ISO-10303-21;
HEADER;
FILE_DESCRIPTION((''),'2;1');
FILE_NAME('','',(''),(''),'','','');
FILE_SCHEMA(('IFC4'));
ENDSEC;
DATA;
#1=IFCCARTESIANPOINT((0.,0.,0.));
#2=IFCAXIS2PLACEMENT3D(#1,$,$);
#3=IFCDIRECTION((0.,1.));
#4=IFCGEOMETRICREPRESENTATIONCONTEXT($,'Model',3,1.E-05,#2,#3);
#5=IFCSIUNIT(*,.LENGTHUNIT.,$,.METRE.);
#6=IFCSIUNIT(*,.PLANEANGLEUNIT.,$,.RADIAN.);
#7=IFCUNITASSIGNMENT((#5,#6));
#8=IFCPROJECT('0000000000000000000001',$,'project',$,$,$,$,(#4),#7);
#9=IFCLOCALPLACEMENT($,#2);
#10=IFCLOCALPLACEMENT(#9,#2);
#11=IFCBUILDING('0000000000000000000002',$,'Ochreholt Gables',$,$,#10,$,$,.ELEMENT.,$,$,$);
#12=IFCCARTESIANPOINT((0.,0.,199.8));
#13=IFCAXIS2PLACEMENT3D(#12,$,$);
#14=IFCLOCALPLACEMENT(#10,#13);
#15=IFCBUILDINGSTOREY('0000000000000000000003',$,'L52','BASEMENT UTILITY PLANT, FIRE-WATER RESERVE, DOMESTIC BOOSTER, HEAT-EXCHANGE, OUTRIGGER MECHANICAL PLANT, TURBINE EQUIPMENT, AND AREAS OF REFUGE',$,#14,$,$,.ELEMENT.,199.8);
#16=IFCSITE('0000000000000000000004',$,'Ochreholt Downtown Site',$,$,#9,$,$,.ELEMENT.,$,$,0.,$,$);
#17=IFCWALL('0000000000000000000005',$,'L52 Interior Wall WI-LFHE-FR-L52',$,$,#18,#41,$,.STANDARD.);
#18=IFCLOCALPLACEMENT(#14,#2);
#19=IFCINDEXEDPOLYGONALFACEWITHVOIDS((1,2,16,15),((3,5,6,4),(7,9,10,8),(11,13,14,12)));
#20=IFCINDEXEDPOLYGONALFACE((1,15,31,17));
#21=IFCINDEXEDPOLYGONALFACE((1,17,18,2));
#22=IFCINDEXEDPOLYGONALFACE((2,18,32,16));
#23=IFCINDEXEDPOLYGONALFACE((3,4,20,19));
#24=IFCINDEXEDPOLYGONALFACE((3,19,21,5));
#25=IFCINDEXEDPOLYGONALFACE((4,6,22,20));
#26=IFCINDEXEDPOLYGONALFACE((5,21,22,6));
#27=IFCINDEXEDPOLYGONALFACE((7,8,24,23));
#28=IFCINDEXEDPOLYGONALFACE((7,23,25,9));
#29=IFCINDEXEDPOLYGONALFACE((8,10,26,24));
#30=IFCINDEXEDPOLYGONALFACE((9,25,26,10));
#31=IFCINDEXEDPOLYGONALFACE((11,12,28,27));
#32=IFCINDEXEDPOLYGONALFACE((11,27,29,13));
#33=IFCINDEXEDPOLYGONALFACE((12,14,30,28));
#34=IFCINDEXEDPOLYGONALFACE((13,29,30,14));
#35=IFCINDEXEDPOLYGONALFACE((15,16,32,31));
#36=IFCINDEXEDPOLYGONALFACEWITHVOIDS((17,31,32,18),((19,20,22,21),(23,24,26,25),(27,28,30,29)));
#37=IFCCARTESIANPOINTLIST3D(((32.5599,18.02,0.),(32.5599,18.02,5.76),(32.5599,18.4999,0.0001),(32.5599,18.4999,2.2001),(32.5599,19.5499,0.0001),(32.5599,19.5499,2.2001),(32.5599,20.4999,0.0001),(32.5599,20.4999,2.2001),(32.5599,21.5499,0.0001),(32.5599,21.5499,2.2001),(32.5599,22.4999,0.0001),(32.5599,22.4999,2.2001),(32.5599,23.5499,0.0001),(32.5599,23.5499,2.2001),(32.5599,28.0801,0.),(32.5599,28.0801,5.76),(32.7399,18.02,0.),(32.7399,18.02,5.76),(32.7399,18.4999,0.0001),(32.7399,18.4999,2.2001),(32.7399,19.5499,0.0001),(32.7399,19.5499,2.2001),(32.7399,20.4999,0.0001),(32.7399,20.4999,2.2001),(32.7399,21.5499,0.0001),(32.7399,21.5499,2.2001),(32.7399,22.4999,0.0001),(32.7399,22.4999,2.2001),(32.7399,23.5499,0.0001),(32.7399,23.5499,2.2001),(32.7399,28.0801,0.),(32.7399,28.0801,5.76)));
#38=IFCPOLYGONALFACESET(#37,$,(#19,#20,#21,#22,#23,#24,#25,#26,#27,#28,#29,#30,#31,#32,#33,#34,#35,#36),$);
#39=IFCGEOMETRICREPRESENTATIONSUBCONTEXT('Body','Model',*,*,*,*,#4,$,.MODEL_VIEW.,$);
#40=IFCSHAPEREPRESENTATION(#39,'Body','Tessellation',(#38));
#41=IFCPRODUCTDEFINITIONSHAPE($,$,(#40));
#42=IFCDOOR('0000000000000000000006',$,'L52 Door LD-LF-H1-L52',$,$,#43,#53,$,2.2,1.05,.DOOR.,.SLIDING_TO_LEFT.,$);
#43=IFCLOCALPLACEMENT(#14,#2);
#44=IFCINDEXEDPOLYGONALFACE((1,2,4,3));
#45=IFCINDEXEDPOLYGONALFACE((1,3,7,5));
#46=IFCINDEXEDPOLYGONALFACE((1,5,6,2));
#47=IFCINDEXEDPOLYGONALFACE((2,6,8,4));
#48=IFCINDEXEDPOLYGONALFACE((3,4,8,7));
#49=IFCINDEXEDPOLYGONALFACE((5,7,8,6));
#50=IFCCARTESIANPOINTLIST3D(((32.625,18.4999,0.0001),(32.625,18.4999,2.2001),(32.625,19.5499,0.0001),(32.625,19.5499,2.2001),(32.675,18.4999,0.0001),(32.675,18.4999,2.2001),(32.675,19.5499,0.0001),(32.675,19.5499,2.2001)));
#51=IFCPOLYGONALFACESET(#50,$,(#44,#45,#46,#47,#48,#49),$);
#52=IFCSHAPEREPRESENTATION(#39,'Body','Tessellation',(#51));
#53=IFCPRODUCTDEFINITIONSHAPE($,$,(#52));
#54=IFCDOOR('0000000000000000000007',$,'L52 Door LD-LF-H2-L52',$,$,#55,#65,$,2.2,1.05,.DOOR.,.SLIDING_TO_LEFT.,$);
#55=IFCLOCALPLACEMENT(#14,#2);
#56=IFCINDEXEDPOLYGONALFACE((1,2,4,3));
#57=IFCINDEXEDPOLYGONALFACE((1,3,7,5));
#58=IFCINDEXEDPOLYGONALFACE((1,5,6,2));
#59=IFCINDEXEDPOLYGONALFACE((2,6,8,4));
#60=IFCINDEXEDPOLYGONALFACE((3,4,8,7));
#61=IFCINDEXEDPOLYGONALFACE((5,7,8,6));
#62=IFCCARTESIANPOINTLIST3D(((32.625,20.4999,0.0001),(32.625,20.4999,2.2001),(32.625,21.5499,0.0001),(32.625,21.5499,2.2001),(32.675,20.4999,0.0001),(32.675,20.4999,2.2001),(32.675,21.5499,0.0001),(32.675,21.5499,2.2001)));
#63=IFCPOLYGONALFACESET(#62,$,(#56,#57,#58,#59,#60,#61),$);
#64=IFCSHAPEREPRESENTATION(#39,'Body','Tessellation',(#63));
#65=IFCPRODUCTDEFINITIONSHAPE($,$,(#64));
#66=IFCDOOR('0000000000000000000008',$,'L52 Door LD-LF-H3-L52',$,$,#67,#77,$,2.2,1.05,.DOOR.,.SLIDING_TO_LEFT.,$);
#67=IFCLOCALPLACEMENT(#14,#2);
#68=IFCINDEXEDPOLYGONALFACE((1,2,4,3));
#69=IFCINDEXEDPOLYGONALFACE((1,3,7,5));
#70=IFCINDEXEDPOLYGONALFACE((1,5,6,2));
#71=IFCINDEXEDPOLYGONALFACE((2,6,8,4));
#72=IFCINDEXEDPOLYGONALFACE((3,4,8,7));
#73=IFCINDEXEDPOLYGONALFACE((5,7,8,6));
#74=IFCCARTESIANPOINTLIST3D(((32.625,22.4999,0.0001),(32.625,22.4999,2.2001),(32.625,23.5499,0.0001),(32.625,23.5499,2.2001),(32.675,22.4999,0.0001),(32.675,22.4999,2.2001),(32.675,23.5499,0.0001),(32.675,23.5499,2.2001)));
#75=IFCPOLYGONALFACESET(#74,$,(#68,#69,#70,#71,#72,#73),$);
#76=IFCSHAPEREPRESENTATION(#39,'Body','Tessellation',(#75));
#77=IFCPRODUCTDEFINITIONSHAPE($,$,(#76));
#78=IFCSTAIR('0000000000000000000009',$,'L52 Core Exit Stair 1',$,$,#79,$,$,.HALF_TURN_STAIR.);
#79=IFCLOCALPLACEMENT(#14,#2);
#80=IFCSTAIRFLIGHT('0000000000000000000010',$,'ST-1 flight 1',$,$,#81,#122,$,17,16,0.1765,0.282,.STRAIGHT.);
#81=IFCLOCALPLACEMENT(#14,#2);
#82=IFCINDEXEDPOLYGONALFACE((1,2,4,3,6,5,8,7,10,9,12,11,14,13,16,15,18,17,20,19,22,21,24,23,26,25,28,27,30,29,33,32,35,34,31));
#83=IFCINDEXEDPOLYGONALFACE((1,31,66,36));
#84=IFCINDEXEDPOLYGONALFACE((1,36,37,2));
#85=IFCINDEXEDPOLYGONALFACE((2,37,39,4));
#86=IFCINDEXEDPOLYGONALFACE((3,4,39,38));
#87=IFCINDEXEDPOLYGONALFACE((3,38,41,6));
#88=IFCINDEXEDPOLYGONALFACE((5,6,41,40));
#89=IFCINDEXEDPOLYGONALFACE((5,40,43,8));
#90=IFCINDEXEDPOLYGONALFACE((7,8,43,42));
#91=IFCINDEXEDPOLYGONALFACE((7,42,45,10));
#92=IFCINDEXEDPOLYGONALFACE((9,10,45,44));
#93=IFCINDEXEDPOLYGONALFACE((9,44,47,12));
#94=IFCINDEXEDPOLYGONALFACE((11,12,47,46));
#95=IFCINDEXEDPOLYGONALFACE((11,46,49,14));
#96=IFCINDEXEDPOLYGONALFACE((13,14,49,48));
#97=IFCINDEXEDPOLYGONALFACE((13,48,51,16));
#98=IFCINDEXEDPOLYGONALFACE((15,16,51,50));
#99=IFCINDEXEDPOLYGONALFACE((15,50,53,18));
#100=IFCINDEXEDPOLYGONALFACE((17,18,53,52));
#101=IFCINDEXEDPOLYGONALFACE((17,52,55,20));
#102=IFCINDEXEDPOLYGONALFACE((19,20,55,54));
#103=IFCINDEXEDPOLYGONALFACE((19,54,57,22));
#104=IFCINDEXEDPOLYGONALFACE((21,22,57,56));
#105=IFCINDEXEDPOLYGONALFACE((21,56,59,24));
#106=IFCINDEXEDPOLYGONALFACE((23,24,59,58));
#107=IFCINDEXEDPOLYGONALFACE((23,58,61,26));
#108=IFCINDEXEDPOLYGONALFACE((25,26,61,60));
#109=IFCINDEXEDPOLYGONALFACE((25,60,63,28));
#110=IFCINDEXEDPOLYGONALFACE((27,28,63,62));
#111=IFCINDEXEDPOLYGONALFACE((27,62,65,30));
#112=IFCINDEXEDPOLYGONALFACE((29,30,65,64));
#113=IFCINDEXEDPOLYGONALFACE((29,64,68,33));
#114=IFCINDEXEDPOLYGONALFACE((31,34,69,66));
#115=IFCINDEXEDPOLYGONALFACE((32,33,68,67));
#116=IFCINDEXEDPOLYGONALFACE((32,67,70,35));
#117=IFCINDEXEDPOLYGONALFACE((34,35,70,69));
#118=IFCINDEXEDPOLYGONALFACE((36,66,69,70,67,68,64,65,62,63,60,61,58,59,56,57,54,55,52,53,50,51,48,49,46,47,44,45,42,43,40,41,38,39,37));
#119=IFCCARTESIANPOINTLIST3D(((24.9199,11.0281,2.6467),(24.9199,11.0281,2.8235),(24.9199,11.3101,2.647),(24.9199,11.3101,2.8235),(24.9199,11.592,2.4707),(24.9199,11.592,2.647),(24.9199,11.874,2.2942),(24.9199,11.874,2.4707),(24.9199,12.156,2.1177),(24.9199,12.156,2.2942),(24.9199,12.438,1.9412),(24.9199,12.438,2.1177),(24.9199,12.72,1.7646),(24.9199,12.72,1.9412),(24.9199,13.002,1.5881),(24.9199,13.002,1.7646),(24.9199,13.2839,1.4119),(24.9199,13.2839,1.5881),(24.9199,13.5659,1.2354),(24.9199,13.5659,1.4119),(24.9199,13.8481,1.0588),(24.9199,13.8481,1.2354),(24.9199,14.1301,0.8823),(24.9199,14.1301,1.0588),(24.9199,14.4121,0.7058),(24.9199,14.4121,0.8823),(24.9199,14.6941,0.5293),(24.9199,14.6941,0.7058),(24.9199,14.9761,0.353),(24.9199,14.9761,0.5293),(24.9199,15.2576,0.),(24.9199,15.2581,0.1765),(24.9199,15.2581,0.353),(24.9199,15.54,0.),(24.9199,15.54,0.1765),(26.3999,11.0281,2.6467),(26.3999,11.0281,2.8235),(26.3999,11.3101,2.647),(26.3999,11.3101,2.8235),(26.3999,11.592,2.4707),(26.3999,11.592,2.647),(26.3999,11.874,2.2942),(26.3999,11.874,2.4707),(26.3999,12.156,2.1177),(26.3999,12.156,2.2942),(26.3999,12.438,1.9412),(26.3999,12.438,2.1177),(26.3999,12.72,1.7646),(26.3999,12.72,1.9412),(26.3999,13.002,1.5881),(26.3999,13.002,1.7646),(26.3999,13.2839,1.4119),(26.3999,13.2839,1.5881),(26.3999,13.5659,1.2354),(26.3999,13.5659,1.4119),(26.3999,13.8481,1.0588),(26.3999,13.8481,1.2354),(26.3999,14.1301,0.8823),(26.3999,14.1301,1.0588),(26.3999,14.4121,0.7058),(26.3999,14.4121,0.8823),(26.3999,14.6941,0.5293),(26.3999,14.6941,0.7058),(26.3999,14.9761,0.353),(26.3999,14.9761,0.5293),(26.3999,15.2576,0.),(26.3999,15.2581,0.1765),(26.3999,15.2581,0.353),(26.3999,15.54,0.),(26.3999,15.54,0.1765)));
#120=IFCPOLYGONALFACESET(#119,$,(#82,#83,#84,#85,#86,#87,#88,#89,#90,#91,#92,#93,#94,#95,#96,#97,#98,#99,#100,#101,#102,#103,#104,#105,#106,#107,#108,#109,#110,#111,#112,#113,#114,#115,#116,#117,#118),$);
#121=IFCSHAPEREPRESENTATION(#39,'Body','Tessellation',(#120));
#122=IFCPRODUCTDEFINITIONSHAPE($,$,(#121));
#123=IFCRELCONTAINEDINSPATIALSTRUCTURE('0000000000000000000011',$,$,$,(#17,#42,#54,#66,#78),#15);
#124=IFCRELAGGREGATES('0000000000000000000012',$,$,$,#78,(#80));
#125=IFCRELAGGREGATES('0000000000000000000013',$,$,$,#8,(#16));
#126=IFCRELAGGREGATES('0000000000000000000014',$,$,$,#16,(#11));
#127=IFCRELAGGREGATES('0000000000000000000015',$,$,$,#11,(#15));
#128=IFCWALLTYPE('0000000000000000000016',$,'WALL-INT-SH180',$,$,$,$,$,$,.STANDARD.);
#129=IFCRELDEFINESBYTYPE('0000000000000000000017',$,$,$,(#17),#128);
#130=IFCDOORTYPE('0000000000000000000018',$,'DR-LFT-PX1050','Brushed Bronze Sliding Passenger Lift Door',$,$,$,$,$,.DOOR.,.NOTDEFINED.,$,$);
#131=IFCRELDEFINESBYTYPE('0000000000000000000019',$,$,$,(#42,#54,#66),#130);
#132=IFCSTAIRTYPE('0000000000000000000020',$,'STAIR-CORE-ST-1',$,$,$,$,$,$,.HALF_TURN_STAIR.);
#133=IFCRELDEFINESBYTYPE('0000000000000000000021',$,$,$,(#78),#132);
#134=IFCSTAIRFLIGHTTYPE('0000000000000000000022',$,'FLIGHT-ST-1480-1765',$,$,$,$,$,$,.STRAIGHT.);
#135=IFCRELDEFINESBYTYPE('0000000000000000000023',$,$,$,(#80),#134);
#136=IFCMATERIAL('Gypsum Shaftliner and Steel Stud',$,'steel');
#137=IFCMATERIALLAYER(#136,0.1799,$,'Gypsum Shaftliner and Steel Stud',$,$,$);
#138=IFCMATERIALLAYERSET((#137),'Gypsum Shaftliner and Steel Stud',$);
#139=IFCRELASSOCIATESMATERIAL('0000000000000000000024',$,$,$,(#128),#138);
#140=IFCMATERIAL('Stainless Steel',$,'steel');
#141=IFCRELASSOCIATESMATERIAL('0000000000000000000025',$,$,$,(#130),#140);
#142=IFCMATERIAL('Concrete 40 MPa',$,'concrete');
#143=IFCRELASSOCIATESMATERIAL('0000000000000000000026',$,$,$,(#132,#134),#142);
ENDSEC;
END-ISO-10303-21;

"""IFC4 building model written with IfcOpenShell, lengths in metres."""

from ifc_helpers import new_model, si_unit, direction, frame, frame_2d, origin, place, context, subcontext, project, spatial, polyline, rectangle, outline, extrude, material, layer, layer_set, type_object, element, fill, aggregate, save


model = new_model("IFC4")

# Units and contexts
model_context = context("Model", 3, precision=1e-05, world=origin(), true_north=direction((0.0, 1.0)))
body_context = subcontext(model_context, "Body", "Model", "MODEL_VIEW")
ifc_project = project(units=[si_unit("LENGTHUNIT", "METRE"), si_unit("PLANEANGLEUNIT", "RADIAN")], contexts=[model_context])

# Site, building, storey
site_placement = place(None, origin())
site = spatial("IfcSite", under=ifc_project, at=site_placement, Name="Ochreholt Downtown Site", CompositionType="ELEMENT", RefElevation=0.0)
building_placement = place(site_placement, origin())
building = spatial("IfcBuilding", under=site, at=building_placement, Name="Ochreholt Gables", CompositionType="ELEMENT")
storey_placement = place(building_placement, frame((0.0, 0.0, 199.8)))
storey = spatial("IfcBuildingStorey", under=building, at=storey_placement, Name="L52", Description="BASEMENT UTILITY PLANT, FIRE-WATER RESERVE, DOMESTIC BOOSTER, HEAT-EXCHANGE, OUTRIGGER MECHANICAL PLANT, TURBINE EQUIPMENT, AND AREAS OF REFUGE", CompositionType="ELEMENT", Elevation=199.8)

# Shared definitions
ifc_material_1 = material(Name="Concrete 40 MPa", Category="concrete")

# Shared definitions
ifc_material_2 = material(Name="Gypsum Shaftliner and Steel Stud", Category="steel")
ifc_layer_1 = layer(ifc_material_2, 0.1799, Name="Gypsum Shaftliner and Steel Stud")
ifc_layer_set_1 = layer_set([ifc_layer_1], Name="Gypsum Shaftliner and Steel Stud")
wall_type_1 = type_object("IfcWallType", Name="WALL-INT-SH180", PredefinedType="STANDARD", material=ifc_layer_set_1)

# Wall, openings, doors
wall_1_placement = place(storey_placement, frame((32.6499, 18.02, 0.0), z_axis=(0.0, 0.0, 1.0), x_axis=(0.0, 1.0, 0.0)))
wall_1 = element("IfcWall", 1, at=wall_1_placement, inside=storey, type_object=wall_type_1, Name="L52 Interior Wall WI-LFHE-FR-L52", PredefinedType="STANDARD", context=body_context, shape_type="SweptSolid", body=[
    extrude(rectangle(XDim=10.0601, YDim=0.1799, at=frame_2d((5.03, 0.0))), origin(), (0.0, 0.0, 1.0), 5.76),
])
opening_1_placement = place(wall_1_placement, frame((0.48, 0.0, 0.0)))
opening_1 = element("IfcOpeningElement", 2, at=opening_1_placement, cuts=wall_1, PredefinedType="OPENING", context=body_context, shape_type="SweptSolid", body=[
    extrude(rectangle(XDim=1.05, YDim=2.2, at=frame_2d((0.5249, 1.1001))), frame((0.0, 0.0999, 0.0), z_axis=(0.0, -1.0, 0.0), x_axis=(1.0, 0.0, 0.0)), (0.0, 0.0, 1.0), 0.2),
])
opening_2_placement = place(wall_1_placement, frame((2.48, 0.0, 0.0)))
opening_2 = element("IfcOpeningElement", 3, at=opening_2_placement, cuts=wall_1, PredefinedType="OPENING", context=body_context, shape_type="SweptSolid", body=[
    extrude(rectangle(XDim=1.05, YDim=2.2, at=frame_2d((0.5249, 1.1001))), frame((0.0, 0.0999, 0.0), z_axis=(0.0, -1.0, 0.0), x_axis=(1.0, 0.0, 0.0)), (0.0, 0.0, 1.0), 0.2),
])
opening_3_placement = place(wall_1_placement, frame((4.48, 0.0, 0.0)))
opening_3 = element("IfcOpeningElement", 4, at=opening_3_placement, cuts=wall_1, PredefinedType="OPENING", context=body_context, shape_type="SweptSolid", body=[
    extrude(rectangle(XDim=1.05, YDim=2.2, at=frame_2d((0.5249, 1.1001))), frame((0.0, 0.0999, 0.0), z_axis=(0.0, -1.0, 0.0), x_axis=(1.0, 0.0, 0.0)), (0.0, 0.0, 1.0), 0.2),
])
ifc_material_3 = material(Name="Stainless Steel", Category="steel")
door_type_1 = type_object("IfcDoorType", Name="DR-LFT-PX1050", Description="Brushed Bronze Sliding Passenger Lift Door", OperationType="NOTDEFINED", PredefinedType="DOOR", material=ifc_material_3)
door_1_placement = place(opening_1_placement, origin())
door_1 = element("IfcDoor", 5, at=door_1_placement, inside=storey, type_object=door_type_1, Name="L52 Door LD-LF-H1-L52", OperationType="SLIDING_TO_LEFT", OverallHeight=2.2, OverallWidth=1.05, PredefinedType="DOOR", context=body_context, shape_type="SweptSolid", body=[
    extrude(rectangle(XDim=1.05, YDim=2.2, at=frame_2d((0.5249, 1.1001))), frame((0.0, 0.0249, 0.0), z_axis=(0.0, -1.0, 0.0), x_axis=(1.0, 0.0, 0.0)), (0.0, 0.0, 1.0), 0.05),
])
fill(opening_1, door_1)
door_2_placement = place(opening_2_placement, origin())
door_2 = element("IfcDoor", 6, at=door_2_placement, inside=storey, type_object=door_type_1, Name="L52 Door LD-LF-H2-L52", OperationType="SLIDING_TO_LEFT", OverallHeight=2.2, OverallWidth=1.05, PredefinedType="DOOR", context=body_context, shape_type="SweptSolid", body=[
    extrude(rectangle(XDim=1.05, YDim=2.2, at=frame_2d((0.5249, 1.1001))), frame((0.0, 0.0249, 0.0), z_axis=(0.0, -1.0, 0.0), x_axis=(1.0, 0.0, 0.0)), (0.0, 0.0, 1.0), 0.05),
])
fill(opening_2, door_2)
door_3_placement = place(opening_3_placement, origin())
door_3 = element("IfcDoor", 7, at=door_3_placement, inside=storey, type_object=door_type_1, Name="L52 Door LD-LF-H3-L52", OperationType="SLIDING_TO_LEFT", OverallHeight=2.2, OverallWidth=1.05, PredefinedType="DOOR", context=body_context, shape_type="SweptSolid", body=[
    extrude(rectangle(XDim=1.05, YDim=2.2, at=frame_2d((0.5249, 1.1001))), frame((0.0, 0.0249, 0.0), z_axis=(0.0, -1.0, 0.0), x_axis=(1.0, 0.0, 0.0)), (0.0, 0.0, 1.0), 0.05),
])
fill(opening_3, door_3)

# Stair, stair flight
stair_type = type_object("IfcStairType", Name="STAIR-CORE-ST-1", PredefinedType="HALF_TURN_STAIR", material=ifc_material_1)
stair_placement = place(storey_placement, origin())
stair = element("IfcStair", 8, at=stair_placement, inside=storey, type_object=stair_type, Name="L52 Core Exit Stair 1", PredefinedType="HALF_TURN_STAIR")
stair_flight_type = type_object("IfcStairFlightType", Name="FLIGHT-ST-1480-1765", PredefinedType="STRAIGHT", material=ifc_material_1)
stair_flight_placement = place(storey_placement, frame((25.6599, 15.54, 0.0), z_axis=(0.0, 0.0, 1.0), x_axis=(0.0, -1.0, 0.0)))
stair_flight = element("IfcStairFlight", 9, at=stair_flight_placement, type_object=stair_flight_type, Name="ST-1 flight 1", NumberOfRisers=17, NumberOfTreads=16, PredefinedType="STRAIGHT", RiserHeight=0.1765, TreadLength=0.282, context=body_context, shape_type="SweptSolid", body=[
    extrude(outline(polyline([(0.0, 0.0), (0.0, 0.1765), (0.282, 0.1765), (0.282, 0.353), (0.564, 0.353), (0.564, 0.5293), (0.8459, 0.5293), (0.8459, 0.7058), (1.1279, 0.7058), (1.1279, 0.8823), (1.4099, 0.8823), (1.4099, 1.0588), (1.6919, 1.0588), (1.6919, 1.2354), (1.9741, 1.2354), (1.9741, 1.4119), (2.2561, 1.4119), (2.2561, 1.5881), (2.5381, 1.5881), (2.5381, 1.7646), (2.8201, 1.7646), (2.8201, 1.9412), (3.1021, 1.9412), (3.1021, 2.1177), (3.384, 2.1177), (3.384, 2.2942), (3.666, 2.2942), (3.666, 2.4707), (3.948, 2.4707), (3.948, 2.647), (4.23, 2.647), (4.23, 2.8235), (4.512, 2.8235), (4.512, 3.0), (4.512, 2.6467), (0.2825, 0.0), (0.0, 0.0)])), frame((0.0, 0.74, 0.0), z_axis=(0.0, -1.0, 0.0), x_axis=(1.0, 0.0, 0.0)), (0.0, 0.0, 1.0), 1.48),
])
aggregate(stair, [stair_flight])

save(model, "model.ifc")
